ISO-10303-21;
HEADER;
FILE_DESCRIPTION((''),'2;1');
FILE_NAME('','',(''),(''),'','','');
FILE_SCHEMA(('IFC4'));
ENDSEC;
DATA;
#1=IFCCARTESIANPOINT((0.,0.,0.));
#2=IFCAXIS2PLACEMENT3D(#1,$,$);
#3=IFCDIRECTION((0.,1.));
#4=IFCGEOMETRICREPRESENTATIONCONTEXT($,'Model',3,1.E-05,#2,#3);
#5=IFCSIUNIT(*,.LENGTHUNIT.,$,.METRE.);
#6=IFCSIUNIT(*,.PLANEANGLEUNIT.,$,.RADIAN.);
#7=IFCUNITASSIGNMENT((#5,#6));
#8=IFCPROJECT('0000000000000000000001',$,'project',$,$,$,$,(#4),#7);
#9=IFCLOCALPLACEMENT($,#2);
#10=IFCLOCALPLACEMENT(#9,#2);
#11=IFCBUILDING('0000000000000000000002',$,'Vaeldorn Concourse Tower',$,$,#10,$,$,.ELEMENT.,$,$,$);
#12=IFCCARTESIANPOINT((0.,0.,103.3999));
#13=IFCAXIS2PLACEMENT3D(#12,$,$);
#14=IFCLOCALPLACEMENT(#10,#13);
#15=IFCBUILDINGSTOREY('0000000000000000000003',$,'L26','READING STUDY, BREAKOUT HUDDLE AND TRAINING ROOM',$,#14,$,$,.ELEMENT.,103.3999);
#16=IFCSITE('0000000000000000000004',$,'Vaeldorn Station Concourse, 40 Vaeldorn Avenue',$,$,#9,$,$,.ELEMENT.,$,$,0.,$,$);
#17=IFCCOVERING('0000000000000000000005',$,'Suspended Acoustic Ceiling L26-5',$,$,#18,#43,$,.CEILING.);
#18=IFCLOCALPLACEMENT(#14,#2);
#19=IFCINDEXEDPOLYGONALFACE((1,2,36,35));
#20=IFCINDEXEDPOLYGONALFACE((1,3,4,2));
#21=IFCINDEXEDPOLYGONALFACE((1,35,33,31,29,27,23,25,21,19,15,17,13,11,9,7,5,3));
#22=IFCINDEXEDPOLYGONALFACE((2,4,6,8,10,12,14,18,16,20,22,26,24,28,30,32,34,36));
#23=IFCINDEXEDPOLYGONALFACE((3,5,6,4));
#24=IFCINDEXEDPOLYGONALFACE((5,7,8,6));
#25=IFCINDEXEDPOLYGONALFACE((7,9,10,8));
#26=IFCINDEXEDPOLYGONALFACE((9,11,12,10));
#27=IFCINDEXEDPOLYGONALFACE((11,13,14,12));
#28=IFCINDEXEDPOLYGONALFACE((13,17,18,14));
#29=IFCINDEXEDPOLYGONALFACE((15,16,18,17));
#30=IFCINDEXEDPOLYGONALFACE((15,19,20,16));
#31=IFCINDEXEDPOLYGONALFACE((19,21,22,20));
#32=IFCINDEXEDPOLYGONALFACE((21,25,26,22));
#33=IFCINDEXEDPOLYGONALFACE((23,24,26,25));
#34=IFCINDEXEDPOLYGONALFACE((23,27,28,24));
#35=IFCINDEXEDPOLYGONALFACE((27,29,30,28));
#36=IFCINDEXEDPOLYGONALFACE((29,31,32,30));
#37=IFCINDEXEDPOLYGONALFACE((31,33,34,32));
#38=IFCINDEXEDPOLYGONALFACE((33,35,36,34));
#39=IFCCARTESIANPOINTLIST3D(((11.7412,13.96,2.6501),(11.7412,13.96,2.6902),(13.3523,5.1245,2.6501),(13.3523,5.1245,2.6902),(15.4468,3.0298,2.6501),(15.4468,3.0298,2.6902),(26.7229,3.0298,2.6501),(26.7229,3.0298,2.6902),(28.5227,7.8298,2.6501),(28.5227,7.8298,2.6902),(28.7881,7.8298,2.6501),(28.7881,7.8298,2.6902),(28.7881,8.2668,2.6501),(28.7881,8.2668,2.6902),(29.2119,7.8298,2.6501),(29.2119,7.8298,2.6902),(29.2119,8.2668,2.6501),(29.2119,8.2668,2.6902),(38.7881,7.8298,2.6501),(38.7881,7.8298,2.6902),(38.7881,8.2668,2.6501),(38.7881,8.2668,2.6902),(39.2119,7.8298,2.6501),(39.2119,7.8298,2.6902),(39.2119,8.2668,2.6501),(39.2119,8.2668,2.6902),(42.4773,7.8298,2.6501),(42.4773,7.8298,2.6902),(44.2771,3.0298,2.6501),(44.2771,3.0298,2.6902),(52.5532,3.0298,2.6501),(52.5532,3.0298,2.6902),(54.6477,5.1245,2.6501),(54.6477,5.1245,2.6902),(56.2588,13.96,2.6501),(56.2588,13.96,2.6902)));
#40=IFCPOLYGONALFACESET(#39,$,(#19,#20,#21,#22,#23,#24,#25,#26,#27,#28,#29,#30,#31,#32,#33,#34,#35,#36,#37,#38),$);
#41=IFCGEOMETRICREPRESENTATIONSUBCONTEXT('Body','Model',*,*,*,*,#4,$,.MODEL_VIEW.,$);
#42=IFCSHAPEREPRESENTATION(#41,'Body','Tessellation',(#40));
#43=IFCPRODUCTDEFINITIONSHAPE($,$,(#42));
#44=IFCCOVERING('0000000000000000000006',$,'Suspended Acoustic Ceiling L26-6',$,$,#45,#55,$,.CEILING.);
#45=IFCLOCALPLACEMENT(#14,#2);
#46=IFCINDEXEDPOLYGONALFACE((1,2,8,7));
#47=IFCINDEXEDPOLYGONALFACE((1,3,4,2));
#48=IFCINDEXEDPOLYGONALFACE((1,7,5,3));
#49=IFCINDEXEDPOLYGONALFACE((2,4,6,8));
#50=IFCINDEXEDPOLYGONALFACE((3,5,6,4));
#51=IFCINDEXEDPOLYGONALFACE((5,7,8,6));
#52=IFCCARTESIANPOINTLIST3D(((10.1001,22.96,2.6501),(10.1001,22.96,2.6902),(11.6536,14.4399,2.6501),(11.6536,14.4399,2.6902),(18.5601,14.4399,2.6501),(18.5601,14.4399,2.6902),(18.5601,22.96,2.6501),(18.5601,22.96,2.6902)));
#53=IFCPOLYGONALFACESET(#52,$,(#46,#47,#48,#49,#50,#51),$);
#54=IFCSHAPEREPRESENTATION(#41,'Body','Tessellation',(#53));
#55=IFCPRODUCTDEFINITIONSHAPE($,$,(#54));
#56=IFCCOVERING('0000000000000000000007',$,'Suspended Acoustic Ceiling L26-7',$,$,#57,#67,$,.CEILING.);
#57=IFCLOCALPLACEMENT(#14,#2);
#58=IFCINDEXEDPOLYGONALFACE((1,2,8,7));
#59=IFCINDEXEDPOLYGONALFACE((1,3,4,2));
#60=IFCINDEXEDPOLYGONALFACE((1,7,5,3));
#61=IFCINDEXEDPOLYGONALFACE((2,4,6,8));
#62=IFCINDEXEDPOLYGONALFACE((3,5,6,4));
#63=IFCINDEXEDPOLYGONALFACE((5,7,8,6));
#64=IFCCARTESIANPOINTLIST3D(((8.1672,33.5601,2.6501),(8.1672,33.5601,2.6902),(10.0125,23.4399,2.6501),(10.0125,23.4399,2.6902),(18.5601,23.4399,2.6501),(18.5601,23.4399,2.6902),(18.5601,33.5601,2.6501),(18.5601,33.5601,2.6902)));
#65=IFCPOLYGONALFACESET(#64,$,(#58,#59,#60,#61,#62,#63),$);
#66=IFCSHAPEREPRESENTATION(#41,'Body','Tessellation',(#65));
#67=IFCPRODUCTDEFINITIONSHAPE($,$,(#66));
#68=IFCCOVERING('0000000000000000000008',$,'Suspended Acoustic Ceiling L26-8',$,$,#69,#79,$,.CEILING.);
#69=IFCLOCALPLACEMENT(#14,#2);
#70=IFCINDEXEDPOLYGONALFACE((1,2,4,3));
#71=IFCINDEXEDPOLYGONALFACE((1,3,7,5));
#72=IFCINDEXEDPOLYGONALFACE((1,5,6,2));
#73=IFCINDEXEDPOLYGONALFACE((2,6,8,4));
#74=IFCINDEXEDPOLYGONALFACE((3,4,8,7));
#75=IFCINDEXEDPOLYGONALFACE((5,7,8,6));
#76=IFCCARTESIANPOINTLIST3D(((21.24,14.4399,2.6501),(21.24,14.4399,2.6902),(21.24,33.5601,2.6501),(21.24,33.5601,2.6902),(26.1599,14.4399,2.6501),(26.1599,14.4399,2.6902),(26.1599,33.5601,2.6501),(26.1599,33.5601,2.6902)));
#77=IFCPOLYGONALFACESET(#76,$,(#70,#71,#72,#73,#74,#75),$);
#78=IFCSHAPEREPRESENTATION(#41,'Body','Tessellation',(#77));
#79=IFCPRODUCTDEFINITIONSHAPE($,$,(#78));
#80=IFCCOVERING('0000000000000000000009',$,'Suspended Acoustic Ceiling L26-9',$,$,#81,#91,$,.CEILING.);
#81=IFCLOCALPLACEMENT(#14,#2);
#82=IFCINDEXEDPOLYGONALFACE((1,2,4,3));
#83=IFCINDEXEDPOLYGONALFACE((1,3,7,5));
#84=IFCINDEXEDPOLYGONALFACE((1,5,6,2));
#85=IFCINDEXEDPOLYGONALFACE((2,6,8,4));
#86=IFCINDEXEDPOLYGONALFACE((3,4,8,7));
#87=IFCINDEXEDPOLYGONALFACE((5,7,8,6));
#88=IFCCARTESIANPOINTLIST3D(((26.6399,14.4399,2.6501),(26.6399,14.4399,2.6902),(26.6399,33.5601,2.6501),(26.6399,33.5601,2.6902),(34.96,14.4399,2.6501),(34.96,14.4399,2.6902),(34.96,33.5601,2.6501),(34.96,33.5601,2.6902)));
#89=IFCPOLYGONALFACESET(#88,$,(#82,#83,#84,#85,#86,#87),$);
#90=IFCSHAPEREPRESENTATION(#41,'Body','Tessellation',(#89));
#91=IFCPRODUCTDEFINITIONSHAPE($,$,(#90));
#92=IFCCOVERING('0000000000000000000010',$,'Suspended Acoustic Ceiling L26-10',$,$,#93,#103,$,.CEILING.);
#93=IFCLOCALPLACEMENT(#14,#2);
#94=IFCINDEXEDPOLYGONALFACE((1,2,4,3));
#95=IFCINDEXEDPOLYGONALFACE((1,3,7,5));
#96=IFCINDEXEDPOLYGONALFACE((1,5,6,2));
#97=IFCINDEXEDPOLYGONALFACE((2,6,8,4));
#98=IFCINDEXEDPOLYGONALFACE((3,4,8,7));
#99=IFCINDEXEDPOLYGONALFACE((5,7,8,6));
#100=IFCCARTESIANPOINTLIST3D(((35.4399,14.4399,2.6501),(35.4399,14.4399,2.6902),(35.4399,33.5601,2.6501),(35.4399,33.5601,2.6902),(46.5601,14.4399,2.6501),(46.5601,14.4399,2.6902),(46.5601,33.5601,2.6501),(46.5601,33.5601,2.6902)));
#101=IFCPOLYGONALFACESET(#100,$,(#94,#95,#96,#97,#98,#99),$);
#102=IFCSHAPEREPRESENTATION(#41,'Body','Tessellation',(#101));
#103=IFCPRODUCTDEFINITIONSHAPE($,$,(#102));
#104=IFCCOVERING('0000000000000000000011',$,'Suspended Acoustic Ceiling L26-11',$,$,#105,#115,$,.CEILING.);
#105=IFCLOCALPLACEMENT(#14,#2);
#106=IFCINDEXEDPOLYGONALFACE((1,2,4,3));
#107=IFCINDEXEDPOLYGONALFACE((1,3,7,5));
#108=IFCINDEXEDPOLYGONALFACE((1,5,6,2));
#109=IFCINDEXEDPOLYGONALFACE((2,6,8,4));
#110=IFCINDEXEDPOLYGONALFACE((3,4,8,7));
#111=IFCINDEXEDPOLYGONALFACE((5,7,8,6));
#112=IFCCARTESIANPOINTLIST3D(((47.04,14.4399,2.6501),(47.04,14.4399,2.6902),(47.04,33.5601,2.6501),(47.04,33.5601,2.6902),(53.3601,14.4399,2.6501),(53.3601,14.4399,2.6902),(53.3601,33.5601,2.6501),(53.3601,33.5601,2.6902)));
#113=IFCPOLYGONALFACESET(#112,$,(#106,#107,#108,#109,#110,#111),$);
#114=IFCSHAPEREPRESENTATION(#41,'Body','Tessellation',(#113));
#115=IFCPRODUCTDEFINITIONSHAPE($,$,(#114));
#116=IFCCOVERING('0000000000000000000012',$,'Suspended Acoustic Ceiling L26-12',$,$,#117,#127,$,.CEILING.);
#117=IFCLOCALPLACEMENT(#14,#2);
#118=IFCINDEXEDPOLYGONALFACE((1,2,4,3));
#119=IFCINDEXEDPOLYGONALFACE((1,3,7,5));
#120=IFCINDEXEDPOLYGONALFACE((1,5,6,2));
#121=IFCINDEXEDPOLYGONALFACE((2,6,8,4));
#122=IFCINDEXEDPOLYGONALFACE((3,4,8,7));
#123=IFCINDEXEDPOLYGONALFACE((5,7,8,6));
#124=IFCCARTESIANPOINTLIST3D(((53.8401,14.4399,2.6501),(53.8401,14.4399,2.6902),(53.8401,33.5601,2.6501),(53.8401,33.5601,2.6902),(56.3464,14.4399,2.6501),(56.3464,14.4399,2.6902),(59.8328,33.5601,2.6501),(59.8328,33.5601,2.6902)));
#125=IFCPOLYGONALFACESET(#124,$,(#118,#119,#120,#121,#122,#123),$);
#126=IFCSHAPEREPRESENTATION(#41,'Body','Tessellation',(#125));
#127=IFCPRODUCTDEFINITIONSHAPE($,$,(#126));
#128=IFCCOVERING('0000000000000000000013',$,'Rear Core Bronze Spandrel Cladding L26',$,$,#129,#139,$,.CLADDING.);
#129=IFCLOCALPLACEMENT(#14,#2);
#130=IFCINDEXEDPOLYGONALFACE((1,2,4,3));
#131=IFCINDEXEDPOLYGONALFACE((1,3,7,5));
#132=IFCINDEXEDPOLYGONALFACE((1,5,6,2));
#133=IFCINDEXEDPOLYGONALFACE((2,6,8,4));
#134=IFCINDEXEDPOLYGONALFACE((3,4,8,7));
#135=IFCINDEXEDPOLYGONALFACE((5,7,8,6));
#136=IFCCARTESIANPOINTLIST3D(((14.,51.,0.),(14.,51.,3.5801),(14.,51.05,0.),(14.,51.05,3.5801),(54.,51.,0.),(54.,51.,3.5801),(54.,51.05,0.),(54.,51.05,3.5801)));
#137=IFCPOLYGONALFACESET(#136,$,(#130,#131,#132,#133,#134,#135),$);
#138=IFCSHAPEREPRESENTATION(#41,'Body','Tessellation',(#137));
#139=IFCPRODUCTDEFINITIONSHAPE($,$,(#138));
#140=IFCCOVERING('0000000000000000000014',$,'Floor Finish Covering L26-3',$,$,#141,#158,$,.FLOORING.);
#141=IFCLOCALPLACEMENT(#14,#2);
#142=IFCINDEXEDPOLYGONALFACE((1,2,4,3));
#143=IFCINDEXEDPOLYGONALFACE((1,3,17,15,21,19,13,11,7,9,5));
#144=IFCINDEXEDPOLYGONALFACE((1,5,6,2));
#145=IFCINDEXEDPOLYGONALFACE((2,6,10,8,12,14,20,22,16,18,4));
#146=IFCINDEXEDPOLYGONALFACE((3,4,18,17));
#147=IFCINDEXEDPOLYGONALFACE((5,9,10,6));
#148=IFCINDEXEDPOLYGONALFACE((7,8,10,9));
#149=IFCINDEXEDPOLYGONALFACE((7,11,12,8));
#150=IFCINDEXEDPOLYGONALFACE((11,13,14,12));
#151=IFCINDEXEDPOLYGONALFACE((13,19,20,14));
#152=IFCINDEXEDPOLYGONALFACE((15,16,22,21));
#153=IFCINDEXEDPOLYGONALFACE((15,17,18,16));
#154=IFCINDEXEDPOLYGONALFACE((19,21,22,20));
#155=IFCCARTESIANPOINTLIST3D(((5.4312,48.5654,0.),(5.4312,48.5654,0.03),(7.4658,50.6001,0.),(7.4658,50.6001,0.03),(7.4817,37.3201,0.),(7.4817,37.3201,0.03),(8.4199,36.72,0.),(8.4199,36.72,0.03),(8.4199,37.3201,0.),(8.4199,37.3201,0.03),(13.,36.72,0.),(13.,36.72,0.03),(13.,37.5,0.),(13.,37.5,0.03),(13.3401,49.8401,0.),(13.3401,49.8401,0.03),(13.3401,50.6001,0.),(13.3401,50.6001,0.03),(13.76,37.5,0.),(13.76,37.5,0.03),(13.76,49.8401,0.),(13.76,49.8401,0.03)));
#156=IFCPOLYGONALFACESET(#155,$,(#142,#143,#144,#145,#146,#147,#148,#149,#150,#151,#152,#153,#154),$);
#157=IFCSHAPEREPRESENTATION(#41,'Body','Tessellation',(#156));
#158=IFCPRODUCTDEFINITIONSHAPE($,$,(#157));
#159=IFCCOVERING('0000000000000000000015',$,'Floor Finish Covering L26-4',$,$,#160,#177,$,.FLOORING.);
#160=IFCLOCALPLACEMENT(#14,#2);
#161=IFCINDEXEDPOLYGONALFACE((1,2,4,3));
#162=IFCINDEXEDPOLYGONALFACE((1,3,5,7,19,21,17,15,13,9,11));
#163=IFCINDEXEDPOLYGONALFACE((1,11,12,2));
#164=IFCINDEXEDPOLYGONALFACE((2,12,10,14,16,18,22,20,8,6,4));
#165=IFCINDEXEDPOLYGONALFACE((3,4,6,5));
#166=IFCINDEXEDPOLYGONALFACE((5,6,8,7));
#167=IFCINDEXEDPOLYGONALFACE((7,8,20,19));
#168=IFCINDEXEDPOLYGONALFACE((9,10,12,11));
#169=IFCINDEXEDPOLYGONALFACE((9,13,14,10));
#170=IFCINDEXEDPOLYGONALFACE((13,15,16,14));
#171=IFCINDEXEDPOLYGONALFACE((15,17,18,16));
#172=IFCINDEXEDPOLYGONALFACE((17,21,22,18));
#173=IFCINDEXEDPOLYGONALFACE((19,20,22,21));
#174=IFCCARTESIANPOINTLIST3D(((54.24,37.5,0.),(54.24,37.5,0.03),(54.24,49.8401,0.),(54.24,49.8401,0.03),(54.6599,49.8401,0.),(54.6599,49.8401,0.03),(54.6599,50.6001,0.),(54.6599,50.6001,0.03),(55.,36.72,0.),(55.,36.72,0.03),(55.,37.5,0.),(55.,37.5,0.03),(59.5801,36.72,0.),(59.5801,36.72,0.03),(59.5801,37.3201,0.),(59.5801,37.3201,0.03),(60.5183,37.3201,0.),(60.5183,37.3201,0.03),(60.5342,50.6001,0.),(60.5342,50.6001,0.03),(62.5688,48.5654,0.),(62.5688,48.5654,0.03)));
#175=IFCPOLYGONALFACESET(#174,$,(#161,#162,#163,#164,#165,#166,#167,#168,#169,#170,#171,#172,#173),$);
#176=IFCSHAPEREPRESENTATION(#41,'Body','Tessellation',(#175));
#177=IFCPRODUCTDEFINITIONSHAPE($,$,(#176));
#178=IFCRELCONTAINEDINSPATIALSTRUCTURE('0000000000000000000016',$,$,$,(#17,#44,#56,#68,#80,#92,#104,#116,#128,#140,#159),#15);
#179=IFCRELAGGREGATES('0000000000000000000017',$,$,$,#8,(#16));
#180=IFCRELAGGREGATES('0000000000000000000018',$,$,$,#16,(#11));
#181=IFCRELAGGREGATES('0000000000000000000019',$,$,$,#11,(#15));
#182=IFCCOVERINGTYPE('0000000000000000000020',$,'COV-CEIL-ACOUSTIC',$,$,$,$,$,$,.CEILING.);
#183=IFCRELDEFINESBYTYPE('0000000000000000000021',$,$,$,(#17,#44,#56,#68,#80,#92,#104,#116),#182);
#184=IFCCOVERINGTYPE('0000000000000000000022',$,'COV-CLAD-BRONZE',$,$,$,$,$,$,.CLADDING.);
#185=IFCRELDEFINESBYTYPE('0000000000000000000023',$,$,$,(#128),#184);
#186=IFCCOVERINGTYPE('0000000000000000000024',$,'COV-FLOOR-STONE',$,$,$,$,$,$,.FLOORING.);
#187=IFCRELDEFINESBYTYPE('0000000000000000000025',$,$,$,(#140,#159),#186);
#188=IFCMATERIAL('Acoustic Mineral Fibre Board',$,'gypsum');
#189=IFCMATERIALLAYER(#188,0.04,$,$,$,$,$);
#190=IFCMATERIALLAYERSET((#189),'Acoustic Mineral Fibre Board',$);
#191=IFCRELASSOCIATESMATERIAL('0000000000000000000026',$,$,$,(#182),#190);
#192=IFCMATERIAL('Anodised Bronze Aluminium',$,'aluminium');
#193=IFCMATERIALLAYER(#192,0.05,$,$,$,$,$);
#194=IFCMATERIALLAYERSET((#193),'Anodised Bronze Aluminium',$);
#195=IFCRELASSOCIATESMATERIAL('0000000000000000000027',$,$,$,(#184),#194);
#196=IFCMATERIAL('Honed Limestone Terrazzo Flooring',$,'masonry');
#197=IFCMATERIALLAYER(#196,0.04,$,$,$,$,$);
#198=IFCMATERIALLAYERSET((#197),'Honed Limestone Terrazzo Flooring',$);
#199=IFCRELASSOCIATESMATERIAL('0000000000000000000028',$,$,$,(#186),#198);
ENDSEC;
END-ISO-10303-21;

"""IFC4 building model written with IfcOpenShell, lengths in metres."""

from ifc_helpers import new_model, si_unit, direction, frame, origin, place, context, subcontext, project, spatial, polyline, outline, extrude, material, layer, layer_set, type_object, element, save


model = new_model("IFC4")

# Units and contexts
model_context = context("Model", 3, precision=1e-05, world=origin(), true_north=direction((0.0, 1.0)))
body_context = subcontext(model_context, "Body", "Model", "MODEL_VIEW")
ifc_project = project(units=[si_unit("LENGTHUNIT", "METRE"), si_unit("PLANEANGLEUNIT", "RADIAN")], contexts=[model_context])

# Site, building, storey
site_placement = place(None, origin())
site = spatial("IfcSite", under=ifc_project, at=site_placement, Name="Vaeldorn Station Concourse, 40 Vaeldorn Avenue", CompositionType="ELEMENT", RefElevation=0.0)
building_placement = place(site_placement, origin())
building = spatial("IfcBuilding", under=site, at=building_placement, Name="Vaeldorn Concourse Tower", CompositionType="ELEMENT")
storey_placement = place(building_placement, frame((0.0, 0.0, 103.3999)))
storey = spatial("IfcBuildingStorey", under=building, at=storey_placement, Name="L26", Description="READING STUDY, BREAKOUT HUDDLE AND TRAINING ROOM", CompositionType="ELEMENT", Elevation=103.3999)

# Coverings
ifc_material_1 = material(Name="Acoustic Mineral Fibre Board", Category="gypsum")
ifc_layer_1 = layer(ifc_material_1, 0.04)
ifc_layer_set_1 = layer_set([ifc_layer_1], Name="Acoustic Mineral Fibre Board")
covering_type_1 = type_object("IfcCoveringType", Name="COV-CEIL-ACOUSTIC", PredefinedType="CEILING", material=ifc_layer_set_1)
covering_1_placement = place(storey_placement, frame((0.0, 0.0, 2.6501)))
element("IfcCovering", 1, at=covering_1_placement, inside=storey, type_object=covering_type_1, Name="Suspended Acoustic Ceiling L26-5", PredefinedType="CEILING", context=body_context, shape_type="SweptSolid", body=[
    extrude(outline(polyline([(56.2588, 13.96), (54.6477, 5.1245), (52.5532, 3.0298), (44.2771, 3.0298), (42.4773, 7.8298), (39.2119, 7.8298), (39.2119, 8.2668), (38.7881, 8.2668), (38.7881, 7.8298), (29.2119, 7.8298), (29.2119, 8.2668), (28.7881, 8.2668), (28.7881, 7.8298), (28.5227, 7.8298), (26.7229, 3.0298), (15.4468, 3.0298), (13.3523, 5.1245), (11.7412, 13.96), (56.2588, 13.96)])), origin(), (0.0, 0.0, 1.0), 0.04),
])
covering_2_placement = place(storey_placement, frame((0.0, 0.0, 2.6501)))
element("IfcCovering", 2, at=covering_2_placement, inside=storey, type_object=covering_type_1, Name="Suspended Acoustic Ceiling L26-6", PredefinedType="CEILING", context=body_context, shape_type="SweptSolid", body=[
    extrude(outline(polyline([(18.5601, 22.96), (18.5601, 14.4399), (11.6536, 14.4399), (10.1001, 22.96), (18.5601, 22.96)])), origin(), (0.0, 0.0, 1.0), 0.04),
])
covering_3_placement = place(storey_placement, frame((0.0, 0.0, 2.6501)))
element("IfcCovering", 3, at=covering_3_placement, inside=storey, type_object=covering_type_1, Name="Suspended Acoustic Ceiling L26-7", PredefinedType="CEILING", context=body_context, shape_type="SweptSolid", body=[
    extrude(outline(polyline([(18.5601, 33.5601), (18.5601, 23.4399), (10.0125, 23.4399), (8.1672, 33.5601), (18.5601, 33.5601)])), origin(), (0.0, 0.0, 1.0), 0.04),
])
covering_4_placement = place(storey_placement, frame((0.0, 0.0, 2.6501)))
element("IfcCovering", 4, at=covering_4_placement, inside=storey, type_object=covering_type_1, Name="Suspended Acoustic Ceiling L26-8", PredefinedType="CEILING", context=body_context, shape_type="SweptSolid", body=[
    extrude(outline(polyline([(21.24, 33.5601), (26.1599, 33.5601), (26.1599, 14.4399), (21.24, 14.4399), (21.24, 33.5601)])), origin(), (0.0, 0.0, 1.0), 0.04),
])
covering_5_placement = place(storey_placement, frame((0.0, 0.0, 2.6501)))
element("IfcCovering", 5, at=covering_5_placement, inside=storey, type_object=covering_type_1, Name="Suspended Acoustic Ceiling L26-9", PredefinedType="CEILING", context=body_context, shape_type="SweptSolid", body=[
    extrude(outline(polyline([(26.6399, 33.5601), (34.96, 33.5601), (34.96, 14.4399), (26.6399, 14.4399), (26.6399, 33.5601)])), origin(), (0.0, 0.0, 1.0), 0.04),
])
covering_6_placement = place(storey_placement, frame((0.0, 0.0, 2.6501)))
element("IfcCovering", 6, at=covering_6_placement, inside=storey, type_object=covering_type_1, Name="Suspended Acoustic Ceiling L26-10", PredefinedType="CEILING", context=body_context, shape_type="SweptSolid", body=[
    extrude(outline(polyline([(35.4399, 33.5601), (46.5601, 33.5601), (46.5601, 14.4399), (35.4399, 14.4399), (35.4399, 33.5601)])), origin(), (0.0, 0.0, 1.0), 0.04),
])
covering_7_placement = place(storey_placement, frame((0.0, 0.0, 2.6501)))
element("IfcCovering", 7, at=covering_7_placement, inside=storey, type_object=covering_type_1, Name="Suspended Acoustic Ceiling L26-11", PredefinedType="CEILING", context=body_context, shape_type="SweptSolid", body=[
    extrude(outline(polyline([(47.04, 33.5601), (53.3601, 33.5601), (53.3601, 14.4399), (47.04, 14.4399), (47.04, 33.5601)])), origin(), (0.0, 0.0, 1.0), 0.04),
])
covering_8_placement = place(storey_placement, frame((0.0, 0.0, 2.6501)))
element("IfcCovering", 8, at=covering_8_placement, inside=storey, type_object=covering_type_1, Name="Suspended Acoustic Ceiling L26-12", PredefinedType="CEILING", context=body_context, shape_type="SweptSolid", body=[
    extrude(outline(polyline([(53.8401, 14.4399), (53.8401, 33.5601), (59.8328, 33.5601), (56.3464, 14.4399), (53.8401, 14.4399)])), origin(), (0.0, 0.0, 1.0), 0.04),
])
ifc_material_2 = material(Name="Anodised Bronze Aluminium", Category="aluminium")
ifc_layer_2 = layer(ifc_material_2, 0.05)
ifc_layer_set_2 = layer_set([ifc_layer_2], Name="Anodised Bronze Aluminium")
covering_type_2 = type_object("IfcCoveringType", Name="COV-CLAD-BRONZE", PredefinedType="CLADDING", material=ifc_layer_set_2)
covering_9_placement = place(storey_placement, origin())
element("IfcCovering", 9, at=covering_9_placement, inside=storey, type_object=covering_type_2, Name="Rear Core Bronze Spandrel Cladding L26", PredefinedType="CLADDING", context=body_context, shape_type="SweptSolid", body=[
    extrude(outline(polyline([(14.0, 51.0), (54.0, 51.0), (54.0, 51.05), (14.0, 51.05), (14.0, 51.0)])), origin(), (0.0, 0.0, 1.0), 3.5801),
])
ifc_material_3 = material(Name="Honed Limestone Terrazzo Flooring", Category="masonry")
ifc_layer_3 = layer(ifc_material_3, 0.04)
ifc_layer_set_3 = layer_set([ifc_layer_3], Name="Honed Limestone Terrazzo Flooring")
covering_type_3 = type_object("IfcCoveringType", Name="COV-FLOOR-STONE", PredefinedType="FLOORING", material=ifc_layer_set_3)
covering_10_placement = place(storey_placement, origin())
element("IfcCovering", 10, at=covering_10_placement, inside=storey, type_object=covering_type_3, Name="Floor Finish Covering L26-3", PredefinedType="FLOORING", context=body_context, shape_type="SweptSolid", body=[
    extrude(outline(polyline([(7.4658, 50.6001), (13.3401, 50.6001), (13.3401, 49.8401), (13.76, 49.8401), (13.76, 37.5), (13.0, 37.5), (13.0, 36.72), (8.4199, 36.72), (8.4199, 37.3201), (7.4817, 37.3201), (5.4312, 48.5654), (7.4658, 50.6001)])), origin(), (0.0, 0.0, 1.0), 0.03),
])
covering_11_placement = place(storey_placement, origin())
element("IfcCovering", 11, at=covering_11_placement, inside=storey, type_object=covering_type_3, Name="Floor Finish Covering L26-4", PredefinedType="FLOORING", context=body_context, shape_type="SweptSolid", body=[
    extrude(outline(polyline([(54.6599, 49.8401), (54.6599, 50.6001), (60.5342, 50.6001), (62.5688, 48.5654), (60.5183, 37.3201), (59.5801, 37.3201), (59.5801, 36.72), (55.0, 36.72), (55.0, 37.5), (54.24, 37.5), (54.24, 49.8401), (54.6599, 49.8401)])), origin(), (0.0, 0.0, 1.0), 0.03),
])

save(model, "model.ifc")
